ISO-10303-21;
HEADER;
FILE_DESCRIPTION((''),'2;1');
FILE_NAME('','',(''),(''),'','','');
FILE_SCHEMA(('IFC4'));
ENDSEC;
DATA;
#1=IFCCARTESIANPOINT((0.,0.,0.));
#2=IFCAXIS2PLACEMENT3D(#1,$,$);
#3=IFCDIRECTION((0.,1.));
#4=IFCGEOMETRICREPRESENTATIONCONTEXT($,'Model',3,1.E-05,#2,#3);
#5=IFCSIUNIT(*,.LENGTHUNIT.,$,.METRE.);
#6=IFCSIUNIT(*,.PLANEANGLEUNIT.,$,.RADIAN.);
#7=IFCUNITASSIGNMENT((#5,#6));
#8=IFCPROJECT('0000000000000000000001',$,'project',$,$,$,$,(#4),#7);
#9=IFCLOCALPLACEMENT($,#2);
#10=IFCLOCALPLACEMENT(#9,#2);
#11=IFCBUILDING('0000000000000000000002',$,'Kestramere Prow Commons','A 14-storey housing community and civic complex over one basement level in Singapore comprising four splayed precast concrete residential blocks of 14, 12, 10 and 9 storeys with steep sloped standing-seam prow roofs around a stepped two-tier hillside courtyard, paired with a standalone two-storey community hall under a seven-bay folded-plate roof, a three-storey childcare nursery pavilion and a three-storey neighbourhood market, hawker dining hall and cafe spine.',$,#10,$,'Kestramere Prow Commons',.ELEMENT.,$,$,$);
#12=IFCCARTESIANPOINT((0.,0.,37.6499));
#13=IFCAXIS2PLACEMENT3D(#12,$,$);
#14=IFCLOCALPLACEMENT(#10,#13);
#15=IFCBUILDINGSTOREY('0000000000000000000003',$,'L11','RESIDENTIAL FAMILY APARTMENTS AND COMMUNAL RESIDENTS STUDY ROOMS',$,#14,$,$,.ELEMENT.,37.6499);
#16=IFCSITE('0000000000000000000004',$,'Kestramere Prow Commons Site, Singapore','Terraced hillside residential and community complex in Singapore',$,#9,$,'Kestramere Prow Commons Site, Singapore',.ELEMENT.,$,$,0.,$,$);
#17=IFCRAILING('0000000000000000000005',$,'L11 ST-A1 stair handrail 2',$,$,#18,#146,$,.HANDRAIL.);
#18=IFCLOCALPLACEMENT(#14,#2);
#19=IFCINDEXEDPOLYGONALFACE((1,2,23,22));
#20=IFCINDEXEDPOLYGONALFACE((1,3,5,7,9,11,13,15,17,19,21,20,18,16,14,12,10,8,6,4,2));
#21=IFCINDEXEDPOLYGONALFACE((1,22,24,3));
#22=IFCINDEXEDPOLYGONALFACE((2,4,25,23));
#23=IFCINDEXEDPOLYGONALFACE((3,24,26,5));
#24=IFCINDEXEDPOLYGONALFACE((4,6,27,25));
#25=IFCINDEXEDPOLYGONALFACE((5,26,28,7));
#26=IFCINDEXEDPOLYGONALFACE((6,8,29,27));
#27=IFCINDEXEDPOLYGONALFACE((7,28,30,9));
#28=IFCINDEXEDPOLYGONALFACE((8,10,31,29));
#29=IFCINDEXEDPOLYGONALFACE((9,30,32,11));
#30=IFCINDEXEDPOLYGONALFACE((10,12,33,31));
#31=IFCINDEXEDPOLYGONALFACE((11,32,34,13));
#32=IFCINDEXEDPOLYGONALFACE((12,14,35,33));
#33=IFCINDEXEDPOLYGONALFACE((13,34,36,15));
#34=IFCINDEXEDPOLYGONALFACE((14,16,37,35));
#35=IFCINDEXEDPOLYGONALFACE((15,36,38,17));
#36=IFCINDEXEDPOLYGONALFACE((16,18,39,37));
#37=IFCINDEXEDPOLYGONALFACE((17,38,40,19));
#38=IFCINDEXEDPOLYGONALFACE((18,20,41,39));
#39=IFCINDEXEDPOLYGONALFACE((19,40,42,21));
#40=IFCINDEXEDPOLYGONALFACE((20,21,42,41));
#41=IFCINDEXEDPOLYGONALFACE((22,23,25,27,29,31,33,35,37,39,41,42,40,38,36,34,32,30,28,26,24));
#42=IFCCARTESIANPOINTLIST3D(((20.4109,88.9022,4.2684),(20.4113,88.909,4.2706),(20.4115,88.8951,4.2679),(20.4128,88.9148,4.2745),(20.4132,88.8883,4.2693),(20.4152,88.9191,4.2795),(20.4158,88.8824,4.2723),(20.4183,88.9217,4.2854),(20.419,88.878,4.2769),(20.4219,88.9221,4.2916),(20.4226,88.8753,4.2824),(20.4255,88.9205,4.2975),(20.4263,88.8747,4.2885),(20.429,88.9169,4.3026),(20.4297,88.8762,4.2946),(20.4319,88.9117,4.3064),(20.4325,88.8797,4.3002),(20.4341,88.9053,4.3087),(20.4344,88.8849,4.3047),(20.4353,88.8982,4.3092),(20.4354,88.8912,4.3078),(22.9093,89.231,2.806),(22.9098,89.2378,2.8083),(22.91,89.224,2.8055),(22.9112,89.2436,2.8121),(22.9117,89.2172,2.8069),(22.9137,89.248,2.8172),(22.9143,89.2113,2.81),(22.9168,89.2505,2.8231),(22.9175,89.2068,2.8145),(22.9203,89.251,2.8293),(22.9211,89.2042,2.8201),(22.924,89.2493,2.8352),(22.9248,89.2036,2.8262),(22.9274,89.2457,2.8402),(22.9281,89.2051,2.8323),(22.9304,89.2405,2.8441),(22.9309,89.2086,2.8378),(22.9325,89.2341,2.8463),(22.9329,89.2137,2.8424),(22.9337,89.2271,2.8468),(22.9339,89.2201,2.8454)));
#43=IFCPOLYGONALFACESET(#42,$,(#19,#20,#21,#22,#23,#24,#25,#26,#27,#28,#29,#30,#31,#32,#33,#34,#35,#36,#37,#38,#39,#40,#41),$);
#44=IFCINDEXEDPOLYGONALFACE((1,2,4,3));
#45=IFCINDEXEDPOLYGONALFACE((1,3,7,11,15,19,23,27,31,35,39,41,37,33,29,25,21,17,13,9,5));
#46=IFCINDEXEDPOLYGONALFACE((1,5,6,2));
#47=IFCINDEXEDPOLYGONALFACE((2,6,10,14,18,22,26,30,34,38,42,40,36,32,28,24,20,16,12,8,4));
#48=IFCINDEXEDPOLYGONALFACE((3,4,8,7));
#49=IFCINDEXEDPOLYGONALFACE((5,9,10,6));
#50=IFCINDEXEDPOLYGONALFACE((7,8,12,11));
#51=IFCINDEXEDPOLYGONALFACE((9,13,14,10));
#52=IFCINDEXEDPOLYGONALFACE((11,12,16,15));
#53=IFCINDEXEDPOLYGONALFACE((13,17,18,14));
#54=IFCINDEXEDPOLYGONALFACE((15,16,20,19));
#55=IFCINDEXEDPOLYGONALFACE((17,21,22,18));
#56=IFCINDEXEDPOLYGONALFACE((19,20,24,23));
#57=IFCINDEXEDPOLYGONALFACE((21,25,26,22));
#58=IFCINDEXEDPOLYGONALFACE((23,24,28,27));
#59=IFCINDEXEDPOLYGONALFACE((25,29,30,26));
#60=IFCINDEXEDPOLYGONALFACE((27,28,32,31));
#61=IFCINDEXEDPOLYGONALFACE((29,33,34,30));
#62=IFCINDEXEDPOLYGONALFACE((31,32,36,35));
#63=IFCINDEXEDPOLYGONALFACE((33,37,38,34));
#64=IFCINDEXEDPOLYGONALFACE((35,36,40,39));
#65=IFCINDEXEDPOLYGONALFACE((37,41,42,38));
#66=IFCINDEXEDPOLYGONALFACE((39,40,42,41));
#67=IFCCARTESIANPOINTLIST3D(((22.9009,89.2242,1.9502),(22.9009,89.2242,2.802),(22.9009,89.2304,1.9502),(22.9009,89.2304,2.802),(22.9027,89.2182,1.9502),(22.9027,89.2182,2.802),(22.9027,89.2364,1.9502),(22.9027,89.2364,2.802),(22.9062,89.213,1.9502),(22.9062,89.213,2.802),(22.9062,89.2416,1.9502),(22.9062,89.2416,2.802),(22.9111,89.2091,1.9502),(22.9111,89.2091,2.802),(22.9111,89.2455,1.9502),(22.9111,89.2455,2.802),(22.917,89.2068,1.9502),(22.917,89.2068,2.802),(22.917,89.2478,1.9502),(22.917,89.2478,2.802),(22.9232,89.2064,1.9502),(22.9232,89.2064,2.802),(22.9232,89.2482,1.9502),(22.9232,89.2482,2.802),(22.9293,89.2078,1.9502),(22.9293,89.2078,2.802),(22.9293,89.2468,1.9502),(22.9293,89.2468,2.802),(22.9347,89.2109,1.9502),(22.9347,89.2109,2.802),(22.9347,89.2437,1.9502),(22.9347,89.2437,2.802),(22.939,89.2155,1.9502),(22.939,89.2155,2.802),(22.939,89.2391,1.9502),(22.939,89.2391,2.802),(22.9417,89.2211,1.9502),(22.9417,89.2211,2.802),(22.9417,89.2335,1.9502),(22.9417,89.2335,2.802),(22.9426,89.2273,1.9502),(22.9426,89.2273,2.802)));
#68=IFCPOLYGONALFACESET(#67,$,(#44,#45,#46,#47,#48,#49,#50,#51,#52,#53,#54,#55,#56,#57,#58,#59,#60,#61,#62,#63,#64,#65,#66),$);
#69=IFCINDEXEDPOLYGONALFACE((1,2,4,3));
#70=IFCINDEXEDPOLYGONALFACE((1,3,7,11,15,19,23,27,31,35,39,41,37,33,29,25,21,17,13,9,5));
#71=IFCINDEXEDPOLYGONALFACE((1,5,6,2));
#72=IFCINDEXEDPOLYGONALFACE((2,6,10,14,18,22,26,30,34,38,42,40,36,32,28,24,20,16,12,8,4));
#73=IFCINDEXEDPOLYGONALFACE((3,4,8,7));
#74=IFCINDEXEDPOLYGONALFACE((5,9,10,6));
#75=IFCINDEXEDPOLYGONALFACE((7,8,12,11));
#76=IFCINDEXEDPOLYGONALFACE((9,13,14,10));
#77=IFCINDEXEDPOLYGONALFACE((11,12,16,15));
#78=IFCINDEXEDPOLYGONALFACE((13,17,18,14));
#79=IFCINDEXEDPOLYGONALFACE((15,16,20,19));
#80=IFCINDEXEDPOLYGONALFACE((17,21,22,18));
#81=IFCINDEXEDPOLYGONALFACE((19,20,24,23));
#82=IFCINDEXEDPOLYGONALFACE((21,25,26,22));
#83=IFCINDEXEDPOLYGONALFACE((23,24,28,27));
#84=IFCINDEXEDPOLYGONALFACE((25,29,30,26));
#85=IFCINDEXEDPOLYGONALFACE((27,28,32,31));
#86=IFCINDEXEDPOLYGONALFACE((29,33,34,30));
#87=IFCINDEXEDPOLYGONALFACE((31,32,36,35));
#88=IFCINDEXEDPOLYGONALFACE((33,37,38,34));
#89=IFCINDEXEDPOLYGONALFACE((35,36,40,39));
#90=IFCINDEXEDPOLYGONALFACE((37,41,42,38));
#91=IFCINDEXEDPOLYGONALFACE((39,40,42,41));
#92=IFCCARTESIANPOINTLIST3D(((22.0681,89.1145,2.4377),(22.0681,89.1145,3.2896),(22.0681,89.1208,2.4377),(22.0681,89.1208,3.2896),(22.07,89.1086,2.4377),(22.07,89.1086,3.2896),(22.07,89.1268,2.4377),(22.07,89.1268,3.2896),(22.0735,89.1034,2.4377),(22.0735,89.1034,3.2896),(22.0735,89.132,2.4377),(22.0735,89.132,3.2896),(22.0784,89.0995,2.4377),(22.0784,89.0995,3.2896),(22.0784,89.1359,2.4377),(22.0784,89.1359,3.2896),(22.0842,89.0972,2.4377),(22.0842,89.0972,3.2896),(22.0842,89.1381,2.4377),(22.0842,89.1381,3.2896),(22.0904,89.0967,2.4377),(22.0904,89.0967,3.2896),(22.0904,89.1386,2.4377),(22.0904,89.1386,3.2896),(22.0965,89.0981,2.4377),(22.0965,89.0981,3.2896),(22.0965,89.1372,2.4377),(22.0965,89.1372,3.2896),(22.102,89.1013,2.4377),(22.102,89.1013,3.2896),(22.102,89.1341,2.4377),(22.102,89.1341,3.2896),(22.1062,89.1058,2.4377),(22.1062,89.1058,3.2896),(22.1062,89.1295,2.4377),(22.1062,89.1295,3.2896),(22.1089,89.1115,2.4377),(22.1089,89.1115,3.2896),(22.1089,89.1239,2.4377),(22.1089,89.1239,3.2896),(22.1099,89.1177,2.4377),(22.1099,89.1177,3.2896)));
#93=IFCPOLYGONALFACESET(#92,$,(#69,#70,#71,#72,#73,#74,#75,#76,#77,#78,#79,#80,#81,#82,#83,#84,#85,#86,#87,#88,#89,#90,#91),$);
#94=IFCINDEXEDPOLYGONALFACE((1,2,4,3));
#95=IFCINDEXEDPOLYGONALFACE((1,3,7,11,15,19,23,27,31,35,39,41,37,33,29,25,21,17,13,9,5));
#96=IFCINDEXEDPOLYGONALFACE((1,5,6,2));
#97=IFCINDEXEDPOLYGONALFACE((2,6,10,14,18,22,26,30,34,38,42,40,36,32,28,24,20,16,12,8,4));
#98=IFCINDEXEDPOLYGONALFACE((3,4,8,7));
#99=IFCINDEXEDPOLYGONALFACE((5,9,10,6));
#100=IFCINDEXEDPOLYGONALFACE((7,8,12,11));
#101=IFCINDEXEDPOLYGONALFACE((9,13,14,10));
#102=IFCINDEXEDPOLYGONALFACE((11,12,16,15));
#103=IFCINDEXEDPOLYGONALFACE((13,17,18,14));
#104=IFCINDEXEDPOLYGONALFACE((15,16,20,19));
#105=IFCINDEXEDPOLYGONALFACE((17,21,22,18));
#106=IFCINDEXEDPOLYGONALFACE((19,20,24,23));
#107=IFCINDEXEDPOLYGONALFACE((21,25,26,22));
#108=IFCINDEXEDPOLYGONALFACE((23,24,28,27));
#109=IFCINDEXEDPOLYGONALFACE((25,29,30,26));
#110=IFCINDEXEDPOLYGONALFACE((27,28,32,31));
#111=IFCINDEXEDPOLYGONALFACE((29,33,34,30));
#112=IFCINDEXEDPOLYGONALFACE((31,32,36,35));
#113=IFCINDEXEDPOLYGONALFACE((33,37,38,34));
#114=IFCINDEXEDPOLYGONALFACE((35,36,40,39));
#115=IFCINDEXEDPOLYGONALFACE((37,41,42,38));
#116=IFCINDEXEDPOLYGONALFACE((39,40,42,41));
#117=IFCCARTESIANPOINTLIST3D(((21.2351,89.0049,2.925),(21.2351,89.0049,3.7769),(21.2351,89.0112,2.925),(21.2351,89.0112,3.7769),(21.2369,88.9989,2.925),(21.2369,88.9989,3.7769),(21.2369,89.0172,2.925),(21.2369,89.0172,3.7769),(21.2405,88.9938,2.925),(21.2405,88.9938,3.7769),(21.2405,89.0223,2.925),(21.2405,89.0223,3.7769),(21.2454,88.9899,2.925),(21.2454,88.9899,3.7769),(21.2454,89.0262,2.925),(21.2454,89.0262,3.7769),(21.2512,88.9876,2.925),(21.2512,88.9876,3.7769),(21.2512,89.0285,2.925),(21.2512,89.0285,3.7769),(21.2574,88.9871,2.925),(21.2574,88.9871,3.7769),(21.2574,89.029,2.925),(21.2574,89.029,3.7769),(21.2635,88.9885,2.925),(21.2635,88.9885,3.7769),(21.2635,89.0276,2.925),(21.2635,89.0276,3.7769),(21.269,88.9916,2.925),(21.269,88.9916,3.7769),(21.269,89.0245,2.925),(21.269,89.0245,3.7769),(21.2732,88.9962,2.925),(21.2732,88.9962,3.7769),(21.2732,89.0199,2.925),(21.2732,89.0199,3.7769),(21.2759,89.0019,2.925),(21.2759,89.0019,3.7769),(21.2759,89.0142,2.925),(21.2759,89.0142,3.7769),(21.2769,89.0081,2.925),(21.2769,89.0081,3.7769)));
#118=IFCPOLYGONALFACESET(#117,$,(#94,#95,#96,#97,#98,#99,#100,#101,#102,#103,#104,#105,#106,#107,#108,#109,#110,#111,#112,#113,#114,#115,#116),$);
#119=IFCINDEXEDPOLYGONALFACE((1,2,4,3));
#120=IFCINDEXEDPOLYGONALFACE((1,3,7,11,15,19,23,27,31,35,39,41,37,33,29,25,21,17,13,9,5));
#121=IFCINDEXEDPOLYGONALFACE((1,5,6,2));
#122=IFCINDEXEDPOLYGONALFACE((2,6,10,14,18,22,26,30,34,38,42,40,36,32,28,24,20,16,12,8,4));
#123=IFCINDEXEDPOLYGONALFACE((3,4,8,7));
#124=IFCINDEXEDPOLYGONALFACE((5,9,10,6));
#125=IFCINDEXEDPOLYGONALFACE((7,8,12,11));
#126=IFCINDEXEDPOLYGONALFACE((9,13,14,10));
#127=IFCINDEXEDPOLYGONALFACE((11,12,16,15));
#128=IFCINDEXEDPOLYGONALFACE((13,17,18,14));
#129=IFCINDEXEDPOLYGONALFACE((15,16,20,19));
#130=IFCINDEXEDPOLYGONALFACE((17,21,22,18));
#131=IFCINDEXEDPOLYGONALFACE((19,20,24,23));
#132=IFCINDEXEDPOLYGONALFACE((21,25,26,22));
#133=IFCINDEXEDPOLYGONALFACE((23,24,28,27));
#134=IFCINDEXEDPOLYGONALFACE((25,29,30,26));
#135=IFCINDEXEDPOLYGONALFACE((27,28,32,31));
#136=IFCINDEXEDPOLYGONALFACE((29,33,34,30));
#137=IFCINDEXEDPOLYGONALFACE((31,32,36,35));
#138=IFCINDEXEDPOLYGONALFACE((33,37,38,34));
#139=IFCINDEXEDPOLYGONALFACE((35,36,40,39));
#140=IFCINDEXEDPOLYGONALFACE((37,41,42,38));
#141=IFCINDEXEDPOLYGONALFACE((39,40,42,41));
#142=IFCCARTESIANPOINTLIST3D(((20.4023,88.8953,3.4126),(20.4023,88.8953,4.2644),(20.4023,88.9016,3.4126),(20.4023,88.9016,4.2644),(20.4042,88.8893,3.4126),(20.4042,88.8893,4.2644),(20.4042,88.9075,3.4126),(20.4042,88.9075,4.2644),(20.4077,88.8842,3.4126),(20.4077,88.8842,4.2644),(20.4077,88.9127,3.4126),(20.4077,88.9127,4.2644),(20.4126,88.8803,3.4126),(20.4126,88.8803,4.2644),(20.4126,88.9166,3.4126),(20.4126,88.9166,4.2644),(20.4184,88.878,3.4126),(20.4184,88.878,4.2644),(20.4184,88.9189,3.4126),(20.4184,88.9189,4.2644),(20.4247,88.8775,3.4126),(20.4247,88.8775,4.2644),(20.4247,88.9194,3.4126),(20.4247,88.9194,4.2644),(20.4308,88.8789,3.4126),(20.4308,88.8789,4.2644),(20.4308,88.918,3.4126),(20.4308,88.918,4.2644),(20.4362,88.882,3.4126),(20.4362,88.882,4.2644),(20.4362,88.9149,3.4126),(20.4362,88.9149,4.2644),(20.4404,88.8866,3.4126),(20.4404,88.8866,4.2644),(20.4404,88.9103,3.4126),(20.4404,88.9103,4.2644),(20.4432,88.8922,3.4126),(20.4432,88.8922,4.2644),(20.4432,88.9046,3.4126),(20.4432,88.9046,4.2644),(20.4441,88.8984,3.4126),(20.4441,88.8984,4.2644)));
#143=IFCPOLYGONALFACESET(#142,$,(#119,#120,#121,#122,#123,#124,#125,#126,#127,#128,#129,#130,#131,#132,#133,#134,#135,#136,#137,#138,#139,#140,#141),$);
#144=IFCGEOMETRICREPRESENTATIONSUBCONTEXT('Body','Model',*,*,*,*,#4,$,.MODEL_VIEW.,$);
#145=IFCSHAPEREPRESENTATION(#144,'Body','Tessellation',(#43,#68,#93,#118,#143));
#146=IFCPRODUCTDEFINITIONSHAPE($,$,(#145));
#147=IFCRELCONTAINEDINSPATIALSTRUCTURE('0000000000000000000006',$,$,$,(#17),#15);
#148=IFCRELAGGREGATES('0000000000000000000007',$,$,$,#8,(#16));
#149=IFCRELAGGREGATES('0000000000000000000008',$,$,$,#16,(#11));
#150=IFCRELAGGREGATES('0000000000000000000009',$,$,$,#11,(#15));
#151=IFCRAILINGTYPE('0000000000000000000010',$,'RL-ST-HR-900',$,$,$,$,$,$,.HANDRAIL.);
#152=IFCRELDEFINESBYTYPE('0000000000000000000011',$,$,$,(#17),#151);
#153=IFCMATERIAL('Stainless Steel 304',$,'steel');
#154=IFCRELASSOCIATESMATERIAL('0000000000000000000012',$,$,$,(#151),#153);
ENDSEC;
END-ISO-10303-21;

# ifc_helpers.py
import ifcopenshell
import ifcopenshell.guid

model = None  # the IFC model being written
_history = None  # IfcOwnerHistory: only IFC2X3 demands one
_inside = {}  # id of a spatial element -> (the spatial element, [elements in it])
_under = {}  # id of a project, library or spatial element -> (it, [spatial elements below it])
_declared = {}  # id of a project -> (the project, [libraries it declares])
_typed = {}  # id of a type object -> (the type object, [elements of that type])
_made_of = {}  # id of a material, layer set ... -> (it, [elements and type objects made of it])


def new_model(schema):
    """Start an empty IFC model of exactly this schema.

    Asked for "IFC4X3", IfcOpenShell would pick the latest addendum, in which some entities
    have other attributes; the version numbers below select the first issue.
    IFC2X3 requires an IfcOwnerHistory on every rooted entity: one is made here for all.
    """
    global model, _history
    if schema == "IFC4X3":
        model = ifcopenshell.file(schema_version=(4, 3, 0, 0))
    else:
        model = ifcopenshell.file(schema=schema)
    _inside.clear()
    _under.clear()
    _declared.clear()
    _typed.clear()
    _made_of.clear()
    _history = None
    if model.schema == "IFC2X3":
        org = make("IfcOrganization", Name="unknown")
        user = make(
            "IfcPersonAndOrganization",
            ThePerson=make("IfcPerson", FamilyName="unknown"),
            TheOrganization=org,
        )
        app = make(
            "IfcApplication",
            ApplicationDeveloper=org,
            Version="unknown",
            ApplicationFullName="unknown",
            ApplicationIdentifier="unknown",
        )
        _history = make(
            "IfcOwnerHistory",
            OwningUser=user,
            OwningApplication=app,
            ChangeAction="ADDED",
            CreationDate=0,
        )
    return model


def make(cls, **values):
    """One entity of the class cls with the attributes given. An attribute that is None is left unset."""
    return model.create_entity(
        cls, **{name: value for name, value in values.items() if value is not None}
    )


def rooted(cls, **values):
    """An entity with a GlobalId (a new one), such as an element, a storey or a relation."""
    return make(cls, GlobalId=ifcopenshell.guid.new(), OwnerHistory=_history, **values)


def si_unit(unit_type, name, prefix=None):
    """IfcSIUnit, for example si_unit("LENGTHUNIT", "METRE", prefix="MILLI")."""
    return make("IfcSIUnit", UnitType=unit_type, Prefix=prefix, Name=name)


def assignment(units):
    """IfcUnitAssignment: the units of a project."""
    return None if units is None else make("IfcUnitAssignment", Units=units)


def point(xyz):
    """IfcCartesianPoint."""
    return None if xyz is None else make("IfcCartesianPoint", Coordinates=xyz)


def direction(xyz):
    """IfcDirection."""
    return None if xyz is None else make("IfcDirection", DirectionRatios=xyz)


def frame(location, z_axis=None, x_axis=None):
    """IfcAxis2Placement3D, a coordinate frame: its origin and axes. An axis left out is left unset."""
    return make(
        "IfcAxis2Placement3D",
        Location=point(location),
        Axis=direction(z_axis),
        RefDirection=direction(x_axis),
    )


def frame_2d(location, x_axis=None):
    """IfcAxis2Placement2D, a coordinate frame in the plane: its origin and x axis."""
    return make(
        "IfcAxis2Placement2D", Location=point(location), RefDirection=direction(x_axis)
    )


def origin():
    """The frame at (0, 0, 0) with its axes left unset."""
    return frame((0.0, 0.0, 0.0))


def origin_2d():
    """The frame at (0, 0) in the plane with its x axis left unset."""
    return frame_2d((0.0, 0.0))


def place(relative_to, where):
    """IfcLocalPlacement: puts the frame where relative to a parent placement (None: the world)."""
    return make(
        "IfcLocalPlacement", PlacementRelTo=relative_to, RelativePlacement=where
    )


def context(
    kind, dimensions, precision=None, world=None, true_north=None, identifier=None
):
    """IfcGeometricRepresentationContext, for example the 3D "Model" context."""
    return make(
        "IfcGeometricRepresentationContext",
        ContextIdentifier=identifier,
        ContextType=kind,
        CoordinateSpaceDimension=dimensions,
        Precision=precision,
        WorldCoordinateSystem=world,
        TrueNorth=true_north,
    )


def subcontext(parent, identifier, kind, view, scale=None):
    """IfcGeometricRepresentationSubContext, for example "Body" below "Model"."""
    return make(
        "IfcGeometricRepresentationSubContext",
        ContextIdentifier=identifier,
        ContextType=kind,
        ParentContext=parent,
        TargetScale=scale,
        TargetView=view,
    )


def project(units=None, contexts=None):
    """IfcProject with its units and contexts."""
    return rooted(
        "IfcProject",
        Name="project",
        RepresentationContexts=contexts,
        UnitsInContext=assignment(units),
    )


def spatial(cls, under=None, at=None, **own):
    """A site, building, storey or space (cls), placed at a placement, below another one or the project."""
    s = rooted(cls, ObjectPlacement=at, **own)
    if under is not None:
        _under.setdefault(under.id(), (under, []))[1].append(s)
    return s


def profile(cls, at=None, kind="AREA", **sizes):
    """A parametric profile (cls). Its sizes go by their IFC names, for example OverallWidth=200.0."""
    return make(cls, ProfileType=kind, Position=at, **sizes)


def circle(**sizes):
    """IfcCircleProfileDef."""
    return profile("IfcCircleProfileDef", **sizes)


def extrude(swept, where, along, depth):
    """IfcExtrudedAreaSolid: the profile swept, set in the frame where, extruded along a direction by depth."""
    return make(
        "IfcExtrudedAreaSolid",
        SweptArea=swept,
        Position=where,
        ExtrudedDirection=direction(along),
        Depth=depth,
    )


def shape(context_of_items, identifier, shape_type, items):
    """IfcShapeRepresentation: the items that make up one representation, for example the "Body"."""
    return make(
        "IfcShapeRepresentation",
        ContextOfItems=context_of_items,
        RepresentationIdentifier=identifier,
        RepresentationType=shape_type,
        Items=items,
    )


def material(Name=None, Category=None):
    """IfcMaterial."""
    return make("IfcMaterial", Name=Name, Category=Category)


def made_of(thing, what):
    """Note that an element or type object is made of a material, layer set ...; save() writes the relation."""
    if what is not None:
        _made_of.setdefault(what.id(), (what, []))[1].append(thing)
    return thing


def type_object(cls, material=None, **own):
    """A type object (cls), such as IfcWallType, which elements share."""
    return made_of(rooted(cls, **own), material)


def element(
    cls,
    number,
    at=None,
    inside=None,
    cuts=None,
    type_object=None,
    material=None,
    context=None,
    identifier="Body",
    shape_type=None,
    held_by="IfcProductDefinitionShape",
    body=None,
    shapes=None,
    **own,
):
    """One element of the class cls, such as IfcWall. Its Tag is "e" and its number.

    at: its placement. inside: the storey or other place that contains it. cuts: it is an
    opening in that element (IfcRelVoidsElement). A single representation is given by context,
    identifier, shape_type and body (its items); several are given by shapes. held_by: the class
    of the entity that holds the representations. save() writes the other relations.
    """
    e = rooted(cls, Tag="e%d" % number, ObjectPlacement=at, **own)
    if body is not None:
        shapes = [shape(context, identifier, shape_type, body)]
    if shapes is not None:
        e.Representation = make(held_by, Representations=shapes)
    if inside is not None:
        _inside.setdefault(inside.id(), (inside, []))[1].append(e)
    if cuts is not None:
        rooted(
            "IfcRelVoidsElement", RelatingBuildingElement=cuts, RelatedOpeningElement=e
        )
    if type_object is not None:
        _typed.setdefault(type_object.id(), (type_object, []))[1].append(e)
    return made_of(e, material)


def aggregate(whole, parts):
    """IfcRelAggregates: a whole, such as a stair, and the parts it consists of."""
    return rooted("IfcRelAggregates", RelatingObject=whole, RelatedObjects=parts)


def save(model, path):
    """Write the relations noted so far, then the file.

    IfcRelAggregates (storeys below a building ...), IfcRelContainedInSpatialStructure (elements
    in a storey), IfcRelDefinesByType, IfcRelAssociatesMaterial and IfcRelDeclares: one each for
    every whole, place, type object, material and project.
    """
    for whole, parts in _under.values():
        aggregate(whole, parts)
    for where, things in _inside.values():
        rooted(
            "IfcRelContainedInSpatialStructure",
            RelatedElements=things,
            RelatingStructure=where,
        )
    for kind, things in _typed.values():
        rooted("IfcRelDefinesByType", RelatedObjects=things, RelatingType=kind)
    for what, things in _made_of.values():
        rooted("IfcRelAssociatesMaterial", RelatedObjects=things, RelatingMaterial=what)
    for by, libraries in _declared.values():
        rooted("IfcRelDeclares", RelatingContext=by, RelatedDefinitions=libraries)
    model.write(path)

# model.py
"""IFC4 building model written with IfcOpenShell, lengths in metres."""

from ifc_helpers import new_model, si_unit, direction, frame, origin, origin_2d, place, context, subcontext, project, spatial, circle, extrude, material, type_object, element, save


model = new_model("IFC4")

# Units and contexts
model_context = context("Model", 3, precision=1e-05, world=origin(), true_north=direction((0.0, 1.0)))
body_context = subcontext(model_context, "Body", "Model", "MODEL_VIEW")
ifc_project = project(units=[si_unit("LENGTHUNIT", "METRE"), si_unit("PLANEANGLEUNIT", "RADIAN")], contexts=[model_context])

# Site, building, storey
site_placement = place(None, origin())
site = spatial("IfcSite", under=ifc_project, at=site_placement, Name="Kestramere Prow Commons Site, Singapore", Description="Terraced hillside residential and community complex in Singapore", LongName="Kestramere Prow Commons Site, Singapore", CompositionType="ELEMENT", RefElevation=0.0)
building_placement = place(site_placement, origin())
building = spatial("IfcBuilding", under=site, at=building_placement, Name="Kestramere Prow Commons", Description="A 14-storey housing community and civic complex over one basement level in Singapore comprising four splayed precast concrete residential blocks of 14, 12, 10 and 9 storeys with steep sloped standing-seam prow roofs around a stepped two-tier hillside courtyard, paired with a standalone two-storey community hall under a seven-bay folded-plate roof, a three-storey childcare nursery pavilion and a three-storey neighbourhood market, hawker dining hall and cafe spine.", LongName="Kestramere Prow Commons", CompositionType="ELEMENT")
storey_placement = place(building_placement, frame((0.0, 0.0, 37.6499)))
storey = spatial("IfcBuildingStorey", under=building, at=storey_placement, Name="L11", Description="RESIDENTIAL FAMILY APARTMENTS AND COMMUNAL RESIDENTS STUDY ROOMS", CompositionType="ELEMENT", Elevation=37.6499)

# Railing
ifc_material_1 = material(Name="Stainless Steel 304", Category="steel")
railing_type_1 = type_object("IfcRailingType", Name="RL-ST-HR-900", PredefinedType="HANDRAIL", material=ifc_material_1)
railing_1_placement = place(storey_placement, frame((22.9216, 89.2273, 1.9502)))
element("IfcRailing", 1, at=railing_1_placement, inside=storey, type_object=railing_type_1, Name="L11 ST-A1 stair handrail 2", PredefinedType="HANDRAIL", context=body_context, shape_type="SweptSolid", body=[
    extrude(circle(Radius=0.0239, at=origin_2d()), frame((0.0, 0.0, 0.876), z_axis=(-0.857523, -0.112867, 0.501912), x_axis=(0.130495, -0.991449, 0.0)), (0.0, 0.0, 1.0), 2.9136),
    extrude(circle(Radius=0.021, at=origin_2d()), origin(), (0.0, 0.0, 1.0), 0.8518),
    extrude(circle(Radius=0.021, at=origin_2d()), frame((-0.8328, -0.1096, 0.4875)), (0.0, 0.0, 1.0), 0.8518),
    extrude(circle(Radius=0.021, at=origin_2d()), frame((-1.6658, -0.2192, 0.9749)), (0.0, 0.0, 1.0), 0.8518),
    extrude(circle(Radius=0.021, at=origin_2d()), frame((-2.4985, -0.3289, 1.4624)), (0.0, 0.0, 1.0), 0.8518),
])

save(model, "model.ifc")
